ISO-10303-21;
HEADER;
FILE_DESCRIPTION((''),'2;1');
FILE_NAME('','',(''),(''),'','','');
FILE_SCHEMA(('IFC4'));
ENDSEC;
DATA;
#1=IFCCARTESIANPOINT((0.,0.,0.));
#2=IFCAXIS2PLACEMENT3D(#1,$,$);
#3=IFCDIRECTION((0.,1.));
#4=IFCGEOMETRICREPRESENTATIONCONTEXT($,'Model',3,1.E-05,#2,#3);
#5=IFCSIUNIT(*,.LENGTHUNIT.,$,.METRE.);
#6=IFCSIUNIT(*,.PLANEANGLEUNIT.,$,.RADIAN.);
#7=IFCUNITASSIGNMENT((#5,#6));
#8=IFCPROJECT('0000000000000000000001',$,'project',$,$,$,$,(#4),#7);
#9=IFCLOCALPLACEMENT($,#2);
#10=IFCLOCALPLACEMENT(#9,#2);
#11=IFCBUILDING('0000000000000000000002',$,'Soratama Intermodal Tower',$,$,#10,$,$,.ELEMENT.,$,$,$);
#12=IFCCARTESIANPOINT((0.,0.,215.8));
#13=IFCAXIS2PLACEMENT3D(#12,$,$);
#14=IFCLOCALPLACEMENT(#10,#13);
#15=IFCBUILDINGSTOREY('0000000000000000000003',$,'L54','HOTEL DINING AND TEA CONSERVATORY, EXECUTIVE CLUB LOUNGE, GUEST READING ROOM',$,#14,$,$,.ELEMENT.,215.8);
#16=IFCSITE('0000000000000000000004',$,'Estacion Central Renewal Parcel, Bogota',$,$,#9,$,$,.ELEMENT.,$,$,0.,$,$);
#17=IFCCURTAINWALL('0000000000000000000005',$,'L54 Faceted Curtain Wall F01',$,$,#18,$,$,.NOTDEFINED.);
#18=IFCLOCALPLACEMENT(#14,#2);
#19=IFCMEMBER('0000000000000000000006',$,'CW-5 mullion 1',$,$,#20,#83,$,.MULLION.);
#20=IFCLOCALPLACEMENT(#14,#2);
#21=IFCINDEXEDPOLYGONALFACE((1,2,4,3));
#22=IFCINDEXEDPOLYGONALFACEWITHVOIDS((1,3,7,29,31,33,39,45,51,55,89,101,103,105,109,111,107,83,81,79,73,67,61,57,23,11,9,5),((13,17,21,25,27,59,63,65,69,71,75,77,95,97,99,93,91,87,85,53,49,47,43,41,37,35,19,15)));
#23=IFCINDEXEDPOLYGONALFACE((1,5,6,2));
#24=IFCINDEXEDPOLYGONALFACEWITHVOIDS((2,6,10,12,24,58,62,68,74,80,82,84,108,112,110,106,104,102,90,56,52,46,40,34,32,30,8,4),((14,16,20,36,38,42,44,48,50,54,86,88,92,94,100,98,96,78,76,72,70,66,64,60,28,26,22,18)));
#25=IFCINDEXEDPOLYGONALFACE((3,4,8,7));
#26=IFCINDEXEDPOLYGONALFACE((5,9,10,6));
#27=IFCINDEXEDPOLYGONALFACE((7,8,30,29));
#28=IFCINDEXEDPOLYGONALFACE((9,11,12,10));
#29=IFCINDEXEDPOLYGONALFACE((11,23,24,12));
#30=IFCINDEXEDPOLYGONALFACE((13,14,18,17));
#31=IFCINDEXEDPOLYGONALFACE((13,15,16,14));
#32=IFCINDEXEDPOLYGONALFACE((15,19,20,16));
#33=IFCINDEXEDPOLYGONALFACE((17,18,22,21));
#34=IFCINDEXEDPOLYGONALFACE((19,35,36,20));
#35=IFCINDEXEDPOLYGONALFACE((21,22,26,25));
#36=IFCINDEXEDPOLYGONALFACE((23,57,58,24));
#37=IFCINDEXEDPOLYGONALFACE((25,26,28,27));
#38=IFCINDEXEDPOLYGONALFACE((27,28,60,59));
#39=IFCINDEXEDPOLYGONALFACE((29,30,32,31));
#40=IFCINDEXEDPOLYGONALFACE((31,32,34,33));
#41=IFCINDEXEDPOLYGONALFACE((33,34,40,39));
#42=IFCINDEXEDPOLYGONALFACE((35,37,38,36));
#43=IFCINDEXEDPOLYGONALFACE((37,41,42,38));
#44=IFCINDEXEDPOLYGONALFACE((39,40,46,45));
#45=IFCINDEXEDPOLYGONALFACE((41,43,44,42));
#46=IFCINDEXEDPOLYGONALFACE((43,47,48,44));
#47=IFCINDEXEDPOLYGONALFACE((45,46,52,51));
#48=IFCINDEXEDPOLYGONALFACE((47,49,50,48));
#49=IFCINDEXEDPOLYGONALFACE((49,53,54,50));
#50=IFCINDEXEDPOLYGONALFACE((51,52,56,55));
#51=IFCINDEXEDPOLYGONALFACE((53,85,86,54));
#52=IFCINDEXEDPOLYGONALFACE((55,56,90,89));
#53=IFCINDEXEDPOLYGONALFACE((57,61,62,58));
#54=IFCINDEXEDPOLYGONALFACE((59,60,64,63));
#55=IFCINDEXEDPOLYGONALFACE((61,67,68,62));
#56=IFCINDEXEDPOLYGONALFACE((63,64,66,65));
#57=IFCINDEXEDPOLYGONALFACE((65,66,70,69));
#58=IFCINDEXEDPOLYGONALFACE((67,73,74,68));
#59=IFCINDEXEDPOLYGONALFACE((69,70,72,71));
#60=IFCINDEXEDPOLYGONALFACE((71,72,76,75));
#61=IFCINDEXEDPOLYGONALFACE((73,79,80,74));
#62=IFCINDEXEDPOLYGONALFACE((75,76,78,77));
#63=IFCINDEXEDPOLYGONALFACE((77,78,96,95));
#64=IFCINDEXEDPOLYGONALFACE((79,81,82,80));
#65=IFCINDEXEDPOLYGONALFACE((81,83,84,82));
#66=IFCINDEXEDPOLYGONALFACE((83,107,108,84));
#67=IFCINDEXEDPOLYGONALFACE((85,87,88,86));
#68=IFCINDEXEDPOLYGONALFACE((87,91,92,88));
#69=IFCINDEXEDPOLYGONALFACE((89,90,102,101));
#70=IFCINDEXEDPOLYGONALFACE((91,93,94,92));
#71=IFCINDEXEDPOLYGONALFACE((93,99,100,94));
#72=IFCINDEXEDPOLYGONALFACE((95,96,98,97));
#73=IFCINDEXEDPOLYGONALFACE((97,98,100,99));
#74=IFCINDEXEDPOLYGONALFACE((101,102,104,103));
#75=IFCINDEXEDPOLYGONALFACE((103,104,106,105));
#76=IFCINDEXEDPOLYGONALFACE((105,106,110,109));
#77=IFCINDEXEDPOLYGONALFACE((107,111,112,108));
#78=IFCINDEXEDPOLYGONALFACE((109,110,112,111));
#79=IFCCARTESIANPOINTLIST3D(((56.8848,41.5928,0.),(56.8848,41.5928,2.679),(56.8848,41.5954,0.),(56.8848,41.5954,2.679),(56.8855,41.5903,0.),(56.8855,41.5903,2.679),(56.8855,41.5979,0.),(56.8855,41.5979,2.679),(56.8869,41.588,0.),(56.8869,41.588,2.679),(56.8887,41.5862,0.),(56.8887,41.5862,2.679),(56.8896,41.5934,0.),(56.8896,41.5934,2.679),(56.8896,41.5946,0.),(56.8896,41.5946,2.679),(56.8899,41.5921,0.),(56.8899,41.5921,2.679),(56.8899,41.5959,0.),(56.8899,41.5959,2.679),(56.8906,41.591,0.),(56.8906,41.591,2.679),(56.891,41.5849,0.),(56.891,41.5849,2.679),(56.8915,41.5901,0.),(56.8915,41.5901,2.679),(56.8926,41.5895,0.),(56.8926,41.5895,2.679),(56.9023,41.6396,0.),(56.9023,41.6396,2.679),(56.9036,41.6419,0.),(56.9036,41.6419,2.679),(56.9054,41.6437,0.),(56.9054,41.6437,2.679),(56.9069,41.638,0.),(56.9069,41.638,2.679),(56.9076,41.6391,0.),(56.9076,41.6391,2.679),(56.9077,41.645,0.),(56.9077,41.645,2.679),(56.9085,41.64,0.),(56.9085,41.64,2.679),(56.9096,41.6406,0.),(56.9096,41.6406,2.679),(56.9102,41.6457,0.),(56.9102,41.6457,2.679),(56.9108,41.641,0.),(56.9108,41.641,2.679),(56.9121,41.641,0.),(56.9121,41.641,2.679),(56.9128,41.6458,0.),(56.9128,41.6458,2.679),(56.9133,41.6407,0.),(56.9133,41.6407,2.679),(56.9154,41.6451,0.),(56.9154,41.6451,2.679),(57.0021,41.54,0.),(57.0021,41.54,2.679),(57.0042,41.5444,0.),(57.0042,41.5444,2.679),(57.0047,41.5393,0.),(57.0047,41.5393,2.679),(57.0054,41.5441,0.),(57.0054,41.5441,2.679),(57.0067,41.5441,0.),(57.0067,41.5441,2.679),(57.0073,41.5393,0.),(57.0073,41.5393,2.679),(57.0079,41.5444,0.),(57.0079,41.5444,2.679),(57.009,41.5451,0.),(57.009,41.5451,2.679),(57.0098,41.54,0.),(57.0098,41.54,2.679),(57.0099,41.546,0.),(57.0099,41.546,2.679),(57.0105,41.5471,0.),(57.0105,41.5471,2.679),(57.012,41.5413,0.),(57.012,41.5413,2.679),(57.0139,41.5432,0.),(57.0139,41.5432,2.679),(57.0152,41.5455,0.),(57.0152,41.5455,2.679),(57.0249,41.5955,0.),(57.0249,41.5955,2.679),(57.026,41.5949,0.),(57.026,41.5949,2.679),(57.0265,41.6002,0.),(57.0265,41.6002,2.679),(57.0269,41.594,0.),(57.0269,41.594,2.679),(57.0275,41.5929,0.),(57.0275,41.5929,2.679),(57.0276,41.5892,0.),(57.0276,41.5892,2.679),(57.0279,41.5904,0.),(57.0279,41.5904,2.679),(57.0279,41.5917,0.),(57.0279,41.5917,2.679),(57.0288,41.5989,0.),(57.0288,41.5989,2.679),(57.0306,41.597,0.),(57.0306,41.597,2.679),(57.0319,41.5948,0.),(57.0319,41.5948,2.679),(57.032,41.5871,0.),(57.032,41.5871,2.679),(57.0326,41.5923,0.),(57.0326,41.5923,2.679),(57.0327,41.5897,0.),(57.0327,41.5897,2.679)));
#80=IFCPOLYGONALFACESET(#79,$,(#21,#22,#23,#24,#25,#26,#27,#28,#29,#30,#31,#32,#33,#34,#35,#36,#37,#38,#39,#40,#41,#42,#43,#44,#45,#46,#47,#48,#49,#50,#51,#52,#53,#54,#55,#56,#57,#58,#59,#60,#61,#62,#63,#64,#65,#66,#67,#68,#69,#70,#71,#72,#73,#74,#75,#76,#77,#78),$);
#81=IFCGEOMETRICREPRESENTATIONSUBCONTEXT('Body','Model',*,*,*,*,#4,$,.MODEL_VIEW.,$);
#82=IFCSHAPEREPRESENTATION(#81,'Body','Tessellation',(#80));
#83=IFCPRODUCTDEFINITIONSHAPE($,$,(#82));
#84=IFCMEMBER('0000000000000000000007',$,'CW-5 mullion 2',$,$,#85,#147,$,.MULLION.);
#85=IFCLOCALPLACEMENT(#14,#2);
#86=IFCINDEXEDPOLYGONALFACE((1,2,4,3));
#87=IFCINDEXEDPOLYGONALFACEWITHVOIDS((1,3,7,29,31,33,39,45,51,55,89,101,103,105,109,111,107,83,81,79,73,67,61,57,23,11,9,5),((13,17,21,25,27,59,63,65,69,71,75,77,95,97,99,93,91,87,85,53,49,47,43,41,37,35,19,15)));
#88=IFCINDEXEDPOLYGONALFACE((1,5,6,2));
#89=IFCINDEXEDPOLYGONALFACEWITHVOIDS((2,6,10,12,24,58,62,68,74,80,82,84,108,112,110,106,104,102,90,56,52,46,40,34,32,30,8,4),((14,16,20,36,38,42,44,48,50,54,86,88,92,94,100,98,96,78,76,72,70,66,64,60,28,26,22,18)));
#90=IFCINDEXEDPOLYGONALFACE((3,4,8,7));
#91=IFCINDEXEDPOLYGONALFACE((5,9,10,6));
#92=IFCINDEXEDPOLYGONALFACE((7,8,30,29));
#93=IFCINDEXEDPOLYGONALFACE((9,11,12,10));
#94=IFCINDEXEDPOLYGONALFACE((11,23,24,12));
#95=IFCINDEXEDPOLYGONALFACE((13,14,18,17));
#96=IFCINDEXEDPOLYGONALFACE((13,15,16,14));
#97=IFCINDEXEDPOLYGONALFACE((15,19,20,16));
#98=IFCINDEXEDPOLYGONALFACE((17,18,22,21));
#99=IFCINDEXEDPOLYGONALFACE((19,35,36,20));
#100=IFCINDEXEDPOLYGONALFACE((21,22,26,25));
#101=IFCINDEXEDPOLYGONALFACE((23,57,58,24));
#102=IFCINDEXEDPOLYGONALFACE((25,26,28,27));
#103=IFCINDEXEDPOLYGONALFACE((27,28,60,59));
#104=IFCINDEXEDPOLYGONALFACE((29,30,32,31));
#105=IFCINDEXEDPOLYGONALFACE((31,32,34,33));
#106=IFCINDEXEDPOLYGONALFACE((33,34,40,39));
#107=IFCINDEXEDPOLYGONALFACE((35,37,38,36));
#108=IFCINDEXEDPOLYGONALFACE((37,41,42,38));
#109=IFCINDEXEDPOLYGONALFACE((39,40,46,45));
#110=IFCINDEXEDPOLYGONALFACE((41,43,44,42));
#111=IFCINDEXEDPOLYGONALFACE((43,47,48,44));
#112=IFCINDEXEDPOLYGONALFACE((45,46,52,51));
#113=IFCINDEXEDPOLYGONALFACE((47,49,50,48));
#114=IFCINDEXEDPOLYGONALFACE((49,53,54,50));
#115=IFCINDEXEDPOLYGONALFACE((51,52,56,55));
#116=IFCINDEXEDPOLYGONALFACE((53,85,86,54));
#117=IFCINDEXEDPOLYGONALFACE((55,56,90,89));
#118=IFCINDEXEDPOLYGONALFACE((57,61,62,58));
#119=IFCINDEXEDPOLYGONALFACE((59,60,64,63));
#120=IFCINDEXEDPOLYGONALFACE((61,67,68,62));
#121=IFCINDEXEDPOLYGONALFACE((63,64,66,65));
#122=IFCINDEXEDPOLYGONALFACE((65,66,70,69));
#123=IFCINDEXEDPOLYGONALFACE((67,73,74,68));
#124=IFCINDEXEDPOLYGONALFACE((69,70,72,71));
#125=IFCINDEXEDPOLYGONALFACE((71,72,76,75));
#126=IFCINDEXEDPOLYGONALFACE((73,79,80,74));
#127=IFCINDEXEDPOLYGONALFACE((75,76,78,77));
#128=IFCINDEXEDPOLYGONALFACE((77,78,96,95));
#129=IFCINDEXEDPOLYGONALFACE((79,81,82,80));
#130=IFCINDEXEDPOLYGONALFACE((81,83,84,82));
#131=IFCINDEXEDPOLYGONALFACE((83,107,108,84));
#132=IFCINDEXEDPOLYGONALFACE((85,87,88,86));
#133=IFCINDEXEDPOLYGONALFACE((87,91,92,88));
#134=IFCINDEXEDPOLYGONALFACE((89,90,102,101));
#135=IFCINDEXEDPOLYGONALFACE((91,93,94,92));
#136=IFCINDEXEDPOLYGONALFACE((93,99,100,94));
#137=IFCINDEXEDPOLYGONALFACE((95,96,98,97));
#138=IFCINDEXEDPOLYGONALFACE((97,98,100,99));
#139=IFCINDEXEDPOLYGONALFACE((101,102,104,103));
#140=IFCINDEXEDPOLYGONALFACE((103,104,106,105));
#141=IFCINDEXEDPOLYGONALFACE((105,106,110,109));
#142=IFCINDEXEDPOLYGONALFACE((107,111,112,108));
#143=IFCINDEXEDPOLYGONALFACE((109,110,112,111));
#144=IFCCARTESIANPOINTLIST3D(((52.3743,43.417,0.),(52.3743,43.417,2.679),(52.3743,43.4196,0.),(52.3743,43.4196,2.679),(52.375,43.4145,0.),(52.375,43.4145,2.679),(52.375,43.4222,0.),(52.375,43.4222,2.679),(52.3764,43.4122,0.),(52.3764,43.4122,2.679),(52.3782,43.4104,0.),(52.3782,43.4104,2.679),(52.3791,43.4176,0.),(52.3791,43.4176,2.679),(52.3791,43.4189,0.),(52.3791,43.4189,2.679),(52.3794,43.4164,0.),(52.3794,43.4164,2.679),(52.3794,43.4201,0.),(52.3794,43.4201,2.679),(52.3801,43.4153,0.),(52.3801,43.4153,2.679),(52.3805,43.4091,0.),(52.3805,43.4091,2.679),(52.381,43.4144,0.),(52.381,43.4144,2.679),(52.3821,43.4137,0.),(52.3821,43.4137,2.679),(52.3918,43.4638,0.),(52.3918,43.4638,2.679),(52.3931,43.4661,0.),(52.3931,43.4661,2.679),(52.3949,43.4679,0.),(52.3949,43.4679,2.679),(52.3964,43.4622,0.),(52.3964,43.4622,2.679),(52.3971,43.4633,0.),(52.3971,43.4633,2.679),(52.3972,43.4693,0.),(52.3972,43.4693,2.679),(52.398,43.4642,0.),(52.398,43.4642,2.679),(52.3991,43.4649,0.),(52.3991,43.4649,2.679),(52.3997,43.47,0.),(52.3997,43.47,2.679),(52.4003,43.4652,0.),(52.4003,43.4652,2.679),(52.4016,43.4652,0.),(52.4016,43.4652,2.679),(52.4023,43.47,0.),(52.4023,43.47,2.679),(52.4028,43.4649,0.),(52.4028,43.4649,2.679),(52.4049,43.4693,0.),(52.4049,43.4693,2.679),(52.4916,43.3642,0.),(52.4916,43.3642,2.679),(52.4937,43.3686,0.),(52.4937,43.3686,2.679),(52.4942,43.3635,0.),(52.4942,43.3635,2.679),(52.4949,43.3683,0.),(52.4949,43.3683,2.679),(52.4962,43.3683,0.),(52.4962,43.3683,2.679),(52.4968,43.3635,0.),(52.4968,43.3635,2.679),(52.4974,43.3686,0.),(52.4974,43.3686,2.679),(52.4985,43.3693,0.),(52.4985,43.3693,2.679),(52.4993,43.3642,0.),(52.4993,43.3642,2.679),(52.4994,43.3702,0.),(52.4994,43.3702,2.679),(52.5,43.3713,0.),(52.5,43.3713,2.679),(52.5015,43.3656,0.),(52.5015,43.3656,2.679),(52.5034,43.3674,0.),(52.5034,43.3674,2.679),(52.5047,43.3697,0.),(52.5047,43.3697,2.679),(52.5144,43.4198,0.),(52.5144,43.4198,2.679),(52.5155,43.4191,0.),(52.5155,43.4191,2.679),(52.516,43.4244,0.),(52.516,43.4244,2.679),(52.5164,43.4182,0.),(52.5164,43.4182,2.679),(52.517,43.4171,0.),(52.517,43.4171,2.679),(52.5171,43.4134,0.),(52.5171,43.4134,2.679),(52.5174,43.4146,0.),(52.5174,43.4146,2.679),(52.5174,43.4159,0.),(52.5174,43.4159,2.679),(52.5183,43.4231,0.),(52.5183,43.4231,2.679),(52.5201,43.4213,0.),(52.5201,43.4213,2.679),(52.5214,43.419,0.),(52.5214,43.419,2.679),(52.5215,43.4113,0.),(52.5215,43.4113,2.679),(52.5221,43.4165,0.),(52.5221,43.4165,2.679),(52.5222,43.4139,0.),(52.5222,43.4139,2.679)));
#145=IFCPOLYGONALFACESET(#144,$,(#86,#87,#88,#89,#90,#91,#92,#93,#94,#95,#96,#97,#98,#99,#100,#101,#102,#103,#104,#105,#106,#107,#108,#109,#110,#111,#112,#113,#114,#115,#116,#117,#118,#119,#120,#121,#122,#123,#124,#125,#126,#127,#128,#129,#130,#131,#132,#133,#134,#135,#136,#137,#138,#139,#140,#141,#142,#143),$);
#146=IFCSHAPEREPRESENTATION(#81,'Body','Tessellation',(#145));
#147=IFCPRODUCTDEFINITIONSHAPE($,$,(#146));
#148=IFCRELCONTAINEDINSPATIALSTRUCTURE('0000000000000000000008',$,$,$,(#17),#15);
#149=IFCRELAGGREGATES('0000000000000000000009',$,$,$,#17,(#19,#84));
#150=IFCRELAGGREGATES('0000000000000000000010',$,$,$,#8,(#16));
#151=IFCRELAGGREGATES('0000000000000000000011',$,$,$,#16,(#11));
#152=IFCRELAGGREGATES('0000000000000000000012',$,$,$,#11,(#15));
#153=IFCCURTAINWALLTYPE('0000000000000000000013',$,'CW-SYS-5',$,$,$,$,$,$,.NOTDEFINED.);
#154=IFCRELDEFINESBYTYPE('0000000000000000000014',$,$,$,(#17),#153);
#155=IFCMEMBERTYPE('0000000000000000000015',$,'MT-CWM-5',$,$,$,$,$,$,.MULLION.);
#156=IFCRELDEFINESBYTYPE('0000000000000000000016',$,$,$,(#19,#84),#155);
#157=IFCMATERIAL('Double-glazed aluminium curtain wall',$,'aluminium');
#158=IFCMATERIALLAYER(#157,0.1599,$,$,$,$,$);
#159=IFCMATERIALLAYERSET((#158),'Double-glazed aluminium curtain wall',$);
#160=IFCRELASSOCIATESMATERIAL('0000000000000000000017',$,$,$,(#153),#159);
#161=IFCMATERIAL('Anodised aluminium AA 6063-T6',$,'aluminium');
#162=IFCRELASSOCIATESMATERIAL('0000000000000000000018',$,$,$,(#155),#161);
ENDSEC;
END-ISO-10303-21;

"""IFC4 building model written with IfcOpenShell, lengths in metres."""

from ifc_helpers import new_model, si_unit, direction, frame, origin, origin_2d, place, context, subcontext, project, spatial, hollow_rectangle, extrude, material, layer, layer_set, material_profile, profile_set, type_object, element, aggregate, save


model = new_model("IFC4")

# Units and contexts
model_context = context("Model", 3, precision=1e-05, world=origin(), true_north=direction((0.0, 1.0)))
body_context = subcontext(model_context, "Body", "Model", "MODEL_VIEW")
ifc_project = project(units=[si_unit("LENGTHUNIT", "METRE"), si_unit("PLANEANGLEUNIT", "RADIAN")], contexts=[model_context])

# Site, building, storey
site_placement = place(None, origin())
site = spatial("IfcSite", under=ifc_project, at=site_placement, Name="Estacion Central Renewal Parcel, Bogota", CompositionType="ELEMENT", RefElevation=0.0)
building_placement = place(site_placement, origin())
building = spatial("IfcBuilding", under=site, at=building_placement, Name="Soratama Intermodal Tower", CompositionType="ELEMENT")
storey_placement = place(building_placement, frame((0.0, 0.0, 215.8)))
storey = spatial("IfcBuildingStorey", under=building, at=storey_placement, Name="L54", Description="HOTEL DINING AND TEA CONSERVATORY, EXECUTIVE CLUB LOUNGE, GUEST READING ROOM", CompositionType="ELEMENT", Elevation=215.8)

# Curtain wall, members
ifc_material_1 = material(Name="Double-glazed aluminium curtain wall", Category="aluminium")
ifc_layer_1 = layer(ifc_material_1, 0.1599)
ifc_layer_set_1 = layer_set([ifc_layer_1], Name="Double-glazed aluminium curtain wall")
curtain_wall_type = type_object("IfcCurtainWallType", Name="CW-SYS-5", PredefinedType="NOTDEFINED", material=ifc_layer_set_1)
curtain_wall_1_placement = place(storey_placement, origin())
curtain_wall_1 = element("IfcCurtainWall", 1, at=curtain_wall_1_placement, inside=storey, type_object=curtain_wall_type, Name="L54 Faceted Curtain Wall F01", PredefinedType="NOTDEFINED")
ifc_material_2 = material(Name="Anodised aluminium AA 6063-T6", Category="aluminium")
ifc_material_profile_1 = material_profile(ifc_material_2, hollow_rectangle(XDim=0.0649, YDim=0.1399, WallThickness=0.0049, InnerFilletRadius=0.0049, OuterFilletRadius=0.01, at=origin_2d()), Name="CWM140X65X5")
ifc_profile_set_1 = profile_set([ifc_material_profile_1], Name="Anodised aluminium AA 6063-T6")
member_type_1 = type_object("IfcMemberType", Name="MT-CWM-5", PredefinedType="MULLION", material=ifc_profile_set_1)
member_1_placement = place(storey_placement, frame((56.9587, 41.5925, 0.0), z_axis=(0.0, 0.0, 1.0), x_axis=(-0.374935, -0.927051, 0.0)))
member_1 = element("IfcMember", 2, at=member_1_placement, type_object=member_type_1, Name="CW-5 mullion 1", PredefinedType="MULLION", context=body_context, shape_type="SweptSolid", body=[
    extrude(hollow_rectangle(XDim=0.0649, YDim=0.1399, WallThickness=0.0049, InnerFilletRadius=0.0049, OuterFilletRadius=0.01, at=origin_2d()), origin(), (0.0, 0.0, 1.0), 2.679),
])
member_2_placement = place(storey_placement, frame((52.4482, 43.4167, 0.0), z_axis=(0.0, 0.0, 1.0), x_axis=(-0.374935, -0.927051, 0.0)))
member_2 = element("IfcMember", 3, at=member_2_placement, type_object=member_type_1, Name="CW-5 mullion 2", PredefinedType="MULLION", context=body_context, shape_type="SweptSolid", body=[
    extrude(hollow_rectangle(XDim=0.0649, YDim=0.1399, WallThickness=0.0049, InnerFilletRadius=0.0049, OuterFilletRadius=0.01, at=origin_2d()), origin(), (0.0, 0.0, 1.0), 2.679),
])

aggregate(curtain_wall_1, [member_1, member_2])

save(model, "model.ifc")
